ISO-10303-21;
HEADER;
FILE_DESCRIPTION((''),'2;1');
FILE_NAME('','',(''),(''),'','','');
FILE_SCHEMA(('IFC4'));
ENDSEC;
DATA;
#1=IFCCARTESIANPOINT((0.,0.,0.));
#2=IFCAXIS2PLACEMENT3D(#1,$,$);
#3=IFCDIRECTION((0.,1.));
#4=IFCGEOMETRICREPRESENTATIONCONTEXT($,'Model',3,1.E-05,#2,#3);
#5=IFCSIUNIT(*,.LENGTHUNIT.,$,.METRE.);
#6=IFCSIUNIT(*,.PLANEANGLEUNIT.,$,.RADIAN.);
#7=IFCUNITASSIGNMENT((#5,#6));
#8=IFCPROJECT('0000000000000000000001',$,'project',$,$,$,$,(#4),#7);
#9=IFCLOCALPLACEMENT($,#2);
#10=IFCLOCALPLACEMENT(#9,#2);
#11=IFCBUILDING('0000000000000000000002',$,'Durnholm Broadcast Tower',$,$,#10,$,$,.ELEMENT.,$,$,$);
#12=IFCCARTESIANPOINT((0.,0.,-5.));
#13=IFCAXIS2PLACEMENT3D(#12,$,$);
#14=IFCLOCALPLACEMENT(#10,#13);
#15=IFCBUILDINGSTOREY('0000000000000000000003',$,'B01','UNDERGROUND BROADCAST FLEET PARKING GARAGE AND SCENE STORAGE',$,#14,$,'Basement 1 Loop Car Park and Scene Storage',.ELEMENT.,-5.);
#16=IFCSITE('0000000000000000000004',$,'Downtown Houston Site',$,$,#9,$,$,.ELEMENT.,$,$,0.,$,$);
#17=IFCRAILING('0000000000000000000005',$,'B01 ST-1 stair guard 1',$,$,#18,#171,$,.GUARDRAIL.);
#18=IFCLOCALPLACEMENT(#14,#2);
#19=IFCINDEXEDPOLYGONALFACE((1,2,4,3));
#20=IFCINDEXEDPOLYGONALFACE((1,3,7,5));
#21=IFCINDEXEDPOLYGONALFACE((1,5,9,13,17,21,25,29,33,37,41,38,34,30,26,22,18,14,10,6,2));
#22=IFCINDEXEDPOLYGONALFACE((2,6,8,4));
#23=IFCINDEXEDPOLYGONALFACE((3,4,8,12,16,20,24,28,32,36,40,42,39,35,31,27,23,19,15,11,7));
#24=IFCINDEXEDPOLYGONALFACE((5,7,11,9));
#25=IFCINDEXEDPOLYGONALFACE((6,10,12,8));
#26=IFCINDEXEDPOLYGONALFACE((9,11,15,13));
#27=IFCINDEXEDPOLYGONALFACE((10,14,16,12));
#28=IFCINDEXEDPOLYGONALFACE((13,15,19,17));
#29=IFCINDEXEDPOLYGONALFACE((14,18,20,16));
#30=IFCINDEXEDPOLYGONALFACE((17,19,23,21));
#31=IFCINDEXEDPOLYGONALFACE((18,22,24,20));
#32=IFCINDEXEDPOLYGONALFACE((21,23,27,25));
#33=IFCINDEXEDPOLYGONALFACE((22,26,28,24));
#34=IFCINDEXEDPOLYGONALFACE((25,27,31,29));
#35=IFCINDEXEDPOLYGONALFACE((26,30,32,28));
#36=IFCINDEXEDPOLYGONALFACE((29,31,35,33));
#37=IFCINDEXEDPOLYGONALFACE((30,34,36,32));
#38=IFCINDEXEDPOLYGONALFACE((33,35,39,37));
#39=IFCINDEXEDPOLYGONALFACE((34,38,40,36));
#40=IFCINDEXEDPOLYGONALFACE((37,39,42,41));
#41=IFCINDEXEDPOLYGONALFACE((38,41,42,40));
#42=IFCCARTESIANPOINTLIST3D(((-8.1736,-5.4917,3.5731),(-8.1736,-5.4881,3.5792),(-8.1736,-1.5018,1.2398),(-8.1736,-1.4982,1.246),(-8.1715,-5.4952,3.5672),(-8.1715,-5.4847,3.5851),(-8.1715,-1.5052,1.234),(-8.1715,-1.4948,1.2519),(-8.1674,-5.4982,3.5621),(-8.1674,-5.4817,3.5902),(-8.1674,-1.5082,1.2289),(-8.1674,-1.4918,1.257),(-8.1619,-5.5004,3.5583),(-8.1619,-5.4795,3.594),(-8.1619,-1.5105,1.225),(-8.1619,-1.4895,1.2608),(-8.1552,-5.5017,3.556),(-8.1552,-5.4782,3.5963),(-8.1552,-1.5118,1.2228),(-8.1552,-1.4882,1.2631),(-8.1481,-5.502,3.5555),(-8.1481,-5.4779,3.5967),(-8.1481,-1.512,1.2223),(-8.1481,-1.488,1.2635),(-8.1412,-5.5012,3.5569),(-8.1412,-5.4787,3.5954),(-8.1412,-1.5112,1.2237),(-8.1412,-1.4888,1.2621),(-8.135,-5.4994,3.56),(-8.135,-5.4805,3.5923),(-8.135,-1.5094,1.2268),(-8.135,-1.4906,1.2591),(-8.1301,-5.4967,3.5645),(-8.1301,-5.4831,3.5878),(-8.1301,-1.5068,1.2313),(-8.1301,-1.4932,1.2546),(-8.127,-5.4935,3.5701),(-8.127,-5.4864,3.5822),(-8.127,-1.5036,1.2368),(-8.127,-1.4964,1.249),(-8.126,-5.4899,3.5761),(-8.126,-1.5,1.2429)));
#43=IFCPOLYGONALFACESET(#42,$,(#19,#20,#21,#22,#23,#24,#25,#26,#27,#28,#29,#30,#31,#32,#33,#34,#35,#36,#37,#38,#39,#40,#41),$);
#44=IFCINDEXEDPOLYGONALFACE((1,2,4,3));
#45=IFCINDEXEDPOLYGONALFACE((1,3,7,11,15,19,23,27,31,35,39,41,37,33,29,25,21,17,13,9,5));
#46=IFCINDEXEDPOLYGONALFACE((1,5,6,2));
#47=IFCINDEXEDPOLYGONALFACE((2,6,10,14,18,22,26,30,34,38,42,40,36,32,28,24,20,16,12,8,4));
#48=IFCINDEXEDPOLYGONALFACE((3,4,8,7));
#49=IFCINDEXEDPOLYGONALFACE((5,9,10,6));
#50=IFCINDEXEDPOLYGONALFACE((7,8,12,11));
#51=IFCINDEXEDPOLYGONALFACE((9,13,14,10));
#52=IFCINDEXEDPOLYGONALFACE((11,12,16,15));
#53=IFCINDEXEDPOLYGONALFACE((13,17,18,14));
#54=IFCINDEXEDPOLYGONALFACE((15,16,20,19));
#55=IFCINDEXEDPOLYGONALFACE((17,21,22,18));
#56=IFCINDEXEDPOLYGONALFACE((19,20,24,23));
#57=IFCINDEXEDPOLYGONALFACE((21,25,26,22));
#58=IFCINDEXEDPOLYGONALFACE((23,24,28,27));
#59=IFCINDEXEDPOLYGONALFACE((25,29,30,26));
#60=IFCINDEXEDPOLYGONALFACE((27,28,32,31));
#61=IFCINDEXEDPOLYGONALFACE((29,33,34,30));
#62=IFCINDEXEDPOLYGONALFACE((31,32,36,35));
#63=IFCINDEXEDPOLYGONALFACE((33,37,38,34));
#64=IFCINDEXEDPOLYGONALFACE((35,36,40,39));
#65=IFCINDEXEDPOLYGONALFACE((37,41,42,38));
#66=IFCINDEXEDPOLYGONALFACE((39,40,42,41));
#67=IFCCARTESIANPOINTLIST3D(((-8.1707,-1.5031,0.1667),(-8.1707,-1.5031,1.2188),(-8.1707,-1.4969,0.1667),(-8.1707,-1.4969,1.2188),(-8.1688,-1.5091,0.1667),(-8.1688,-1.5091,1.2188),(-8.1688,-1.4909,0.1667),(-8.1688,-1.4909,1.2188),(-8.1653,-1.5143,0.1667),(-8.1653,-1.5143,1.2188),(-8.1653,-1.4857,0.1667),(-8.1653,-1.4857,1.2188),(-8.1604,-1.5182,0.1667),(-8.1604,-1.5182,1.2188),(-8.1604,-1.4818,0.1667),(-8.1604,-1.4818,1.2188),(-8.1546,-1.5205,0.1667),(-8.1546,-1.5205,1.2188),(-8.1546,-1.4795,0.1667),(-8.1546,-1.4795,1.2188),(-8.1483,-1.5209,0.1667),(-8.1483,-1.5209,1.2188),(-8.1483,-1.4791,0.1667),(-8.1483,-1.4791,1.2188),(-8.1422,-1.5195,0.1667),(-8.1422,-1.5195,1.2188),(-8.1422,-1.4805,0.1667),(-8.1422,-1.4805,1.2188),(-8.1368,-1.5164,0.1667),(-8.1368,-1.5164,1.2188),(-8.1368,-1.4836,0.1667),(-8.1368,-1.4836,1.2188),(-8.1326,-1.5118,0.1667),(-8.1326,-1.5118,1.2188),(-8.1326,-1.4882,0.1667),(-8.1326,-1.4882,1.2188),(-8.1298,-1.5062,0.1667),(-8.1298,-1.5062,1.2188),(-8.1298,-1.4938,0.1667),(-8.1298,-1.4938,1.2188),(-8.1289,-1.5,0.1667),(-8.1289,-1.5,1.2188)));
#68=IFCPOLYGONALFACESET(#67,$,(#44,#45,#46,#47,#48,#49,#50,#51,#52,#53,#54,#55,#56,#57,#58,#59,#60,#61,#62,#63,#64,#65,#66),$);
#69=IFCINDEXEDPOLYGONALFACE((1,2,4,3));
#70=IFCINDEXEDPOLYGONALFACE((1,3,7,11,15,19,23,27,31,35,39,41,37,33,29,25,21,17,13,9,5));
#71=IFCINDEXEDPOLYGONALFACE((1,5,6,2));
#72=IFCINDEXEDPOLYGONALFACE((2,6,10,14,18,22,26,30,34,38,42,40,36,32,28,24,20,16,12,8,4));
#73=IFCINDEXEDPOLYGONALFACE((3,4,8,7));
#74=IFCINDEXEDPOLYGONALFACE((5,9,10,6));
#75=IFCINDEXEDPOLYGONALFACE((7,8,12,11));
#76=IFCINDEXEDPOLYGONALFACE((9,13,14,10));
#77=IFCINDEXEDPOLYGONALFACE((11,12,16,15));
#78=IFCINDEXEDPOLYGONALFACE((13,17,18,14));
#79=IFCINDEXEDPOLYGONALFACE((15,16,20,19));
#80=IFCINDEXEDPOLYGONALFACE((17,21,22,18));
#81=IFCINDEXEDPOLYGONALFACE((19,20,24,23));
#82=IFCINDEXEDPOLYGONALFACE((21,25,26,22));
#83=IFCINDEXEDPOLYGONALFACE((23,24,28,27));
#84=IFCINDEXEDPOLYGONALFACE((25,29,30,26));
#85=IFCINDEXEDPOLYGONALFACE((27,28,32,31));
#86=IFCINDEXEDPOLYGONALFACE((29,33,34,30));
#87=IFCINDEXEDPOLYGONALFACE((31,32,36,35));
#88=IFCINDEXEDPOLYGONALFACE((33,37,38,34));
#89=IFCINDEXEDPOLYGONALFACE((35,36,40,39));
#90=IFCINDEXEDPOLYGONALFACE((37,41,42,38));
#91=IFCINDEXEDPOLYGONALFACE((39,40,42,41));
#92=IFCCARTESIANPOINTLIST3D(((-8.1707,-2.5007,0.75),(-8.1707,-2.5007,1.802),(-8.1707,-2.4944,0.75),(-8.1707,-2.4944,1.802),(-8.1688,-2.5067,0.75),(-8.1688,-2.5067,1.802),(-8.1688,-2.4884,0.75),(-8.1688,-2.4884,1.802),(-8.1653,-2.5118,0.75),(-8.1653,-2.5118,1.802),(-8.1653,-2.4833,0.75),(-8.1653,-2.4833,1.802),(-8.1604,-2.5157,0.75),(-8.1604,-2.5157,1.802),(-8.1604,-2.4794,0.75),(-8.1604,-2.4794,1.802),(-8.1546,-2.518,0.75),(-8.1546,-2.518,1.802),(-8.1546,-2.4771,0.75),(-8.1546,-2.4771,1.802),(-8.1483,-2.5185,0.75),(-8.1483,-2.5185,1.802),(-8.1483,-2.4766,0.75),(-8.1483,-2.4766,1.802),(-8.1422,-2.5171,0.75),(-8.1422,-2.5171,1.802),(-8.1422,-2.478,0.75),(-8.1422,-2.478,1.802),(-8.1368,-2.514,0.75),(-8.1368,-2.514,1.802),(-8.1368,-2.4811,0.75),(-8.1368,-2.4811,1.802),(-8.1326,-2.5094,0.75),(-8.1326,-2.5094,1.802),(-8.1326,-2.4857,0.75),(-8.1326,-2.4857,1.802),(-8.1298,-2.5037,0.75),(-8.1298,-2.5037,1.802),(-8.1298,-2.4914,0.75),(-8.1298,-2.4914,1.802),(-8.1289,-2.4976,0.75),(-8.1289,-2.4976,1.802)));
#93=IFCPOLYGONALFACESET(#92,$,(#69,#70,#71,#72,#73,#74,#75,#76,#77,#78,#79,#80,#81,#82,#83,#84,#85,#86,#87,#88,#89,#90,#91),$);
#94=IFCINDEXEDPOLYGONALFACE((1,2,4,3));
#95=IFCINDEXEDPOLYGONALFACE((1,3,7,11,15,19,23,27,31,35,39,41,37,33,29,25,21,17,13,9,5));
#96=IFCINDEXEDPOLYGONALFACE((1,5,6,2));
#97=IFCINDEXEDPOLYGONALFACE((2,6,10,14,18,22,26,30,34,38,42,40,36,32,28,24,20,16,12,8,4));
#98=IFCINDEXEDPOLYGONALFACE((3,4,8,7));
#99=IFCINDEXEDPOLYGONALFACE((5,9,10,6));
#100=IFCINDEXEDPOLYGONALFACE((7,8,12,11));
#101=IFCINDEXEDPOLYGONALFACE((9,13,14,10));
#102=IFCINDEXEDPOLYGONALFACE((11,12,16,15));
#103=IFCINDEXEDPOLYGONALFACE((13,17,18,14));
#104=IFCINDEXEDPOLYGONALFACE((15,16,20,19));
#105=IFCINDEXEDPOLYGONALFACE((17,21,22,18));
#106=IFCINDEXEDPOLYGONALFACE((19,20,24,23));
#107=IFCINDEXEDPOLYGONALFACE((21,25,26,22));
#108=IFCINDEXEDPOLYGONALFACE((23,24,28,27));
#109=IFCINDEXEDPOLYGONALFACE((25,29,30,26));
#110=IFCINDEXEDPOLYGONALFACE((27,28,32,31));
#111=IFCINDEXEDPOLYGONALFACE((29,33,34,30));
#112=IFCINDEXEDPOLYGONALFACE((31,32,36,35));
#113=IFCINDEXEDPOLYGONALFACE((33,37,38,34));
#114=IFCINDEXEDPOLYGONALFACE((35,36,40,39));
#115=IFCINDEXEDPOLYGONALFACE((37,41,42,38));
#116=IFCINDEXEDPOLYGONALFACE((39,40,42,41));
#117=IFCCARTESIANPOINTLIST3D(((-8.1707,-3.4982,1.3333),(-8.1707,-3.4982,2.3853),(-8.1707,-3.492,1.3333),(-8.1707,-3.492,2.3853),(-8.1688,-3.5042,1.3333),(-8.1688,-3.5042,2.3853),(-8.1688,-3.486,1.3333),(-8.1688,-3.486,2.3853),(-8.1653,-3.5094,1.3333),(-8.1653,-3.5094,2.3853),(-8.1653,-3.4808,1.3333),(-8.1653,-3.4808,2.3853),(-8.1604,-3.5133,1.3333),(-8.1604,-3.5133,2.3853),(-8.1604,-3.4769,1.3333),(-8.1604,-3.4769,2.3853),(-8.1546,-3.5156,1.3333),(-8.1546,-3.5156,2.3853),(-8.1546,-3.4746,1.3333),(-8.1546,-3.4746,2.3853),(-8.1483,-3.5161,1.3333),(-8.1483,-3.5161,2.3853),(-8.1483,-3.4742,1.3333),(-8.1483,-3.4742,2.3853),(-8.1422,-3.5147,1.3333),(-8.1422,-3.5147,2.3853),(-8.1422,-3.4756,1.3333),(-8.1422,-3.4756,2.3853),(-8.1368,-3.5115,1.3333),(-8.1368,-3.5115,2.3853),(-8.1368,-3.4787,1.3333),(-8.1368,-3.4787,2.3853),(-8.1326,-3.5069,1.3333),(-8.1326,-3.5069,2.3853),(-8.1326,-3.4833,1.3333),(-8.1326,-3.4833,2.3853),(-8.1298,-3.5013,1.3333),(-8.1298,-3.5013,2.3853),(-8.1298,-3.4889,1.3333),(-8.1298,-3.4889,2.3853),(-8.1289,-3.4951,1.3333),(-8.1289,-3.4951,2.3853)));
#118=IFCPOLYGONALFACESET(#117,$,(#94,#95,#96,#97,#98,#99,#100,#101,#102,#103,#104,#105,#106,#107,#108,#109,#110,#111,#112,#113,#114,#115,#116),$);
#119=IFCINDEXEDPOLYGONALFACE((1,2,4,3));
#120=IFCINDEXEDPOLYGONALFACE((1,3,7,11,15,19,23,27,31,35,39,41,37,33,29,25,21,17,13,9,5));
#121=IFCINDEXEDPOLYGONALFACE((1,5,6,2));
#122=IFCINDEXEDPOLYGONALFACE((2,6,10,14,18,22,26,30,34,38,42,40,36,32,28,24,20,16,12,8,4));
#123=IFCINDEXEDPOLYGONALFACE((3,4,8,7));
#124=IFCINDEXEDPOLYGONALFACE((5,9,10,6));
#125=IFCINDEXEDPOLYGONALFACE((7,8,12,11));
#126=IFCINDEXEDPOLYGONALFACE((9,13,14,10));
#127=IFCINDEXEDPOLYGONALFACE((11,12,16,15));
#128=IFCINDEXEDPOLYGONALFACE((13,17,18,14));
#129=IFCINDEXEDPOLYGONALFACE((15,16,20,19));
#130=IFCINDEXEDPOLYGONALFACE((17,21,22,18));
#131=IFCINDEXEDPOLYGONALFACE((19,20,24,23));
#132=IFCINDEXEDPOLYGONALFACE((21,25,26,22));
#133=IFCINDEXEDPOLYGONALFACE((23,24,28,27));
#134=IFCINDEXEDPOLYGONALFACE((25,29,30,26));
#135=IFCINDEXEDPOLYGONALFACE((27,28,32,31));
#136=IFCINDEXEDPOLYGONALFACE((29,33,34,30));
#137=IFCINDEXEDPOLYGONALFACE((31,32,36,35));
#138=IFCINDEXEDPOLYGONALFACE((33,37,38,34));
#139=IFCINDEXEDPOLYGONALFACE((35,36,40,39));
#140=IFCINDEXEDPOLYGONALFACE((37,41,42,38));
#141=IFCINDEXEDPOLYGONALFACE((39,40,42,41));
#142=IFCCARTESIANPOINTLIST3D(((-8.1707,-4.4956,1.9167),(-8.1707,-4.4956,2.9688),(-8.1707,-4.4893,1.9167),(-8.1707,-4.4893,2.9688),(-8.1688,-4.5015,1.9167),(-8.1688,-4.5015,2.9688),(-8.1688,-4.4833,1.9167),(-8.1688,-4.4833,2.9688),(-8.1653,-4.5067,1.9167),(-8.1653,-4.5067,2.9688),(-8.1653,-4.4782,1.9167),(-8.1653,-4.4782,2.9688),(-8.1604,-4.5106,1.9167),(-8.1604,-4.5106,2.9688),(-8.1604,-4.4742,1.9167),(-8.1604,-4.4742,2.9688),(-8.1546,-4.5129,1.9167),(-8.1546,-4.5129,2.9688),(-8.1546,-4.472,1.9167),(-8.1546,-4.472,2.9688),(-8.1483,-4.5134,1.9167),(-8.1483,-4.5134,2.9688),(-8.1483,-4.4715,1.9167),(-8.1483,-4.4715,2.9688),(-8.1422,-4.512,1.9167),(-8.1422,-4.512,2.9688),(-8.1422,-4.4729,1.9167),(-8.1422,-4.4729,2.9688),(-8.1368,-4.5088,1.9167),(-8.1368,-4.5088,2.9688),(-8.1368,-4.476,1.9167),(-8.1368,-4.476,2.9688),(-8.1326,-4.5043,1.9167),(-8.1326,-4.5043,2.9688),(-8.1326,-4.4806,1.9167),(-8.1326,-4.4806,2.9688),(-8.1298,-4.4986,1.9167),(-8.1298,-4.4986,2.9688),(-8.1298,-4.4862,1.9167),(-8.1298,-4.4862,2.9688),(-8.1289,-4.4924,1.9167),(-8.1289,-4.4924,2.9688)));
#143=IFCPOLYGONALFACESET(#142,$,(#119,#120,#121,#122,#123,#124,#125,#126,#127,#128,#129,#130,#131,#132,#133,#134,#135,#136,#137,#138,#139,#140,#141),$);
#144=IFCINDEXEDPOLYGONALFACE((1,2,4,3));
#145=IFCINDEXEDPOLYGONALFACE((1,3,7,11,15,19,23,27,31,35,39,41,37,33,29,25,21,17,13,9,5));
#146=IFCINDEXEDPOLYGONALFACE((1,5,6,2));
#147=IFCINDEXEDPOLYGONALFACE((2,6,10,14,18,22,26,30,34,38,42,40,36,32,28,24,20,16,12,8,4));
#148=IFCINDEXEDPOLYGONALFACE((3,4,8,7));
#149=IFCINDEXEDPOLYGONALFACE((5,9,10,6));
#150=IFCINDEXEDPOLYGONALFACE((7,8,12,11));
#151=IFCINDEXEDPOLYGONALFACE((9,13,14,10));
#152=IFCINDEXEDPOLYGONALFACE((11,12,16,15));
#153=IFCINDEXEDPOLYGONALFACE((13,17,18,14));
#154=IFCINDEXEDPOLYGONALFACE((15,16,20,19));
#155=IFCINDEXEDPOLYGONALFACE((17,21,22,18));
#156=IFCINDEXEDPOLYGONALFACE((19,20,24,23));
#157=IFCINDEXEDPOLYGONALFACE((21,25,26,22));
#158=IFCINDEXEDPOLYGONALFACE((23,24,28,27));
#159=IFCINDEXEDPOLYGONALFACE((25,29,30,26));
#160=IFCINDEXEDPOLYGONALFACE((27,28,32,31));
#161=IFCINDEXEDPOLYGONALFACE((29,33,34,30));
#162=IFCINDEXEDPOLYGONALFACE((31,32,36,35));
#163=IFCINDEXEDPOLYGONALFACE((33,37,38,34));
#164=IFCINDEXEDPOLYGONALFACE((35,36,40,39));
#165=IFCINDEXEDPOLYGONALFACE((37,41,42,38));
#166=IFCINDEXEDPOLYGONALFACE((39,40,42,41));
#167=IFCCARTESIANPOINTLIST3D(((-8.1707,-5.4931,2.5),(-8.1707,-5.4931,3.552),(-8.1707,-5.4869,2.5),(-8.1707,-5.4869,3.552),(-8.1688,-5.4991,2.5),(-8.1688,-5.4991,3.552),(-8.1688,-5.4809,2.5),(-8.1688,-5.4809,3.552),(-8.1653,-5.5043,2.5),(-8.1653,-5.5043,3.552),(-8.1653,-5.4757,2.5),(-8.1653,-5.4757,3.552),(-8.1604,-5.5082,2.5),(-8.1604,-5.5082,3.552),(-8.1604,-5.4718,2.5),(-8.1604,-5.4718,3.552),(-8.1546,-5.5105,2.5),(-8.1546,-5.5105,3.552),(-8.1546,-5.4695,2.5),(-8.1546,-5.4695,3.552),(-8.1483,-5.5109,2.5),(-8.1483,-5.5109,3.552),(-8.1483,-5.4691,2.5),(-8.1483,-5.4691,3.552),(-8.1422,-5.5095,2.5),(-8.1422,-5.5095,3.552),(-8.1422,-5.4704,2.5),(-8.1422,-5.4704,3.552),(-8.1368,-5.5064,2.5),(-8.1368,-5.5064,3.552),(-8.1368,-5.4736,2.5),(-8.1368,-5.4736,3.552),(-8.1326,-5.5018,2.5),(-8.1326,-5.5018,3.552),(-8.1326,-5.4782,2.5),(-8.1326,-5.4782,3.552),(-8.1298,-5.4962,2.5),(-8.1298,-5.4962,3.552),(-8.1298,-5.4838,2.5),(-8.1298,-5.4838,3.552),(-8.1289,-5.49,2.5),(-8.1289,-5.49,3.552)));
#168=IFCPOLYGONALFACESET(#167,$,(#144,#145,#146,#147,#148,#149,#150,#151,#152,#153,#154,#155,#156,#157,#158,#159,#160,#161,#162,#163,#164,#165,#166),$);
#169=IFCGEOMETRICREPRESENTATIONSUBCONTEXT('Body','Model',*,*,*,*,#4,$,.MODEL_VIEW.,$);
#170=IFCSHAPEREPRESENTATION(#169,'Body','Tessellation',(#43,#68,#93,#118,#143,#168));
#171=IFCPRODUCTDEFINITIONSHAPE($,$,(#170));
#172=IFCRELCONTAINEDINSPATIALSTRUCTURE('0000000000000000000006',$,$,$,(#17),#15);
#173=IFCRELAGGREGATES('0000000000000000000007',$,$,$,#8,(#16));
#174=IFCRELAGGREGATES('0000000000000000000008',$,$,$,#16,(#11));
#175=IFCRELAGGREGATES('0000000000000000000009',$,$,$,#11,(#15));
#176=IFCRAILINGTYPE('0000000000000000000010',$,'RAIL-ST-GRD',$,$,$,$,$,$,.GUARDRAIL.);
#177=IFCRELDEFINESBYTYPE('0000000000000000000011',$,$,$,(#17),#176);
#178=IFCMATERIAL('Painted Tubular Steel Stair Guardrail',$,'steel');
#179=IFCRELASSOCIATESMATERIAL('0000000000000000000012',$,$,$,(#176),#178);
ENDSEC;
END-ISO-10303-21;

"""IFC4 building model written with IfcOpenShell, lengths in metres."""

from ifc_helpers import new_model, si_unit, direction, frame, origin, origin_2d, place, context, subcontext, project, spatial, circle, extrude, material, type_object, element, save


model = new_model("IFC4")

# Units and contexts
model_context = context("Model", 3, precision=1e-05, world=origin(), true_north=direction((0.0, 1.0)))
body_context = subcontext(model_context, "Body", "Model", "MODEL_VIEW")
ifc_project = project(units=[si_unit("LENGTHUNIT", "METRE"), si_unit("PLANEANGLEUNIT", "RADIAN")], contexts=[model_context])

# Site, building, storey
site_placement = place(None, origin())
site = spatial("IfcSite", under=ifc_project, at=site_placement, Name="Downtown Houston Site", CompositionType="ELEMENT", RefElevation=0.0)
building_placement = place(site_placement, origin())
building = spatial("IfcBuilding", under=site, at=building_placement, Name="Durnholm Broadcast Tower", CompositionType="ELEMENT")
storey_placement = place(building_placement, frame((0.0, 0.0, -5.0)))
storey = spatial("IfcBuildingStorey", under=building, at=storey_placement, Name="B01", Description="UNDERGROUND BROADCAST FLEET PARKING GARAGE AND SCENE STORAGE", LongName="Basement 1 Loop Car Park and Scene Storage", CompositionType="ELEMENT", Elevation=-5.0)

# Railing
ifc_material_1 = material(Name="Painted Tubular Steel Stair Guardrail", Category="steel")
railing_type_1 = type_object("IfcRailingType", Name="RAIL-ST-GRD", PredefinedType="GUARDRAIL", material=ifc_material_1)
railing_1_placement = place(storey_placement, frame((-8.1499, -1.5, 0.1667)))
element("IfcRailing", 1, at=railing_1_placement, inside=storey, type_object=railing_type_1, Name="B01 ST-1 stair guard 1", PredefinedType="GUARDRAIL", context=body_context, shape_type="SweptSolid", body=[
    extrude(circle(Radius=0.0239, at=origin_2d()), frame((0.0, 0.0, 1.0762), z_axis=(0.0, -0.863236, 0.5048), x_axis=(1.0, 0.0, 0.0)), (0.0, 0.0, 1.0), 4.6221),
    extrude(circle(Radius=0.021, at=origin_2d()), origin(), (0.0, 0.0, 1.0), 1.052),
    extrude(circle(Radius=0.021, at=origin_2d()), frame((0.0, -0.9976, 0.5833)), (0.0, 0.0, 1.0), 1.052),
    extrude(circle(Radius=0.021, at=origin_2d()), frame((0.0, -1.9951, 1.1665)), (0.0, 0.0, 1.0), 1.052),
    extrude(circle(Radius=0.021, at=origin_2d()), frame((0.0, -2.9924, 1.75)), (0.0, 0.0, 1.0), 1.052),
    extrude(circle(Radius=0.021, at=origin_2d()), frame((0.0, -3.99, 2.3333)), (0.0, 0.0, 1.0), 1.052),
])

save(model, "model.ifc")
